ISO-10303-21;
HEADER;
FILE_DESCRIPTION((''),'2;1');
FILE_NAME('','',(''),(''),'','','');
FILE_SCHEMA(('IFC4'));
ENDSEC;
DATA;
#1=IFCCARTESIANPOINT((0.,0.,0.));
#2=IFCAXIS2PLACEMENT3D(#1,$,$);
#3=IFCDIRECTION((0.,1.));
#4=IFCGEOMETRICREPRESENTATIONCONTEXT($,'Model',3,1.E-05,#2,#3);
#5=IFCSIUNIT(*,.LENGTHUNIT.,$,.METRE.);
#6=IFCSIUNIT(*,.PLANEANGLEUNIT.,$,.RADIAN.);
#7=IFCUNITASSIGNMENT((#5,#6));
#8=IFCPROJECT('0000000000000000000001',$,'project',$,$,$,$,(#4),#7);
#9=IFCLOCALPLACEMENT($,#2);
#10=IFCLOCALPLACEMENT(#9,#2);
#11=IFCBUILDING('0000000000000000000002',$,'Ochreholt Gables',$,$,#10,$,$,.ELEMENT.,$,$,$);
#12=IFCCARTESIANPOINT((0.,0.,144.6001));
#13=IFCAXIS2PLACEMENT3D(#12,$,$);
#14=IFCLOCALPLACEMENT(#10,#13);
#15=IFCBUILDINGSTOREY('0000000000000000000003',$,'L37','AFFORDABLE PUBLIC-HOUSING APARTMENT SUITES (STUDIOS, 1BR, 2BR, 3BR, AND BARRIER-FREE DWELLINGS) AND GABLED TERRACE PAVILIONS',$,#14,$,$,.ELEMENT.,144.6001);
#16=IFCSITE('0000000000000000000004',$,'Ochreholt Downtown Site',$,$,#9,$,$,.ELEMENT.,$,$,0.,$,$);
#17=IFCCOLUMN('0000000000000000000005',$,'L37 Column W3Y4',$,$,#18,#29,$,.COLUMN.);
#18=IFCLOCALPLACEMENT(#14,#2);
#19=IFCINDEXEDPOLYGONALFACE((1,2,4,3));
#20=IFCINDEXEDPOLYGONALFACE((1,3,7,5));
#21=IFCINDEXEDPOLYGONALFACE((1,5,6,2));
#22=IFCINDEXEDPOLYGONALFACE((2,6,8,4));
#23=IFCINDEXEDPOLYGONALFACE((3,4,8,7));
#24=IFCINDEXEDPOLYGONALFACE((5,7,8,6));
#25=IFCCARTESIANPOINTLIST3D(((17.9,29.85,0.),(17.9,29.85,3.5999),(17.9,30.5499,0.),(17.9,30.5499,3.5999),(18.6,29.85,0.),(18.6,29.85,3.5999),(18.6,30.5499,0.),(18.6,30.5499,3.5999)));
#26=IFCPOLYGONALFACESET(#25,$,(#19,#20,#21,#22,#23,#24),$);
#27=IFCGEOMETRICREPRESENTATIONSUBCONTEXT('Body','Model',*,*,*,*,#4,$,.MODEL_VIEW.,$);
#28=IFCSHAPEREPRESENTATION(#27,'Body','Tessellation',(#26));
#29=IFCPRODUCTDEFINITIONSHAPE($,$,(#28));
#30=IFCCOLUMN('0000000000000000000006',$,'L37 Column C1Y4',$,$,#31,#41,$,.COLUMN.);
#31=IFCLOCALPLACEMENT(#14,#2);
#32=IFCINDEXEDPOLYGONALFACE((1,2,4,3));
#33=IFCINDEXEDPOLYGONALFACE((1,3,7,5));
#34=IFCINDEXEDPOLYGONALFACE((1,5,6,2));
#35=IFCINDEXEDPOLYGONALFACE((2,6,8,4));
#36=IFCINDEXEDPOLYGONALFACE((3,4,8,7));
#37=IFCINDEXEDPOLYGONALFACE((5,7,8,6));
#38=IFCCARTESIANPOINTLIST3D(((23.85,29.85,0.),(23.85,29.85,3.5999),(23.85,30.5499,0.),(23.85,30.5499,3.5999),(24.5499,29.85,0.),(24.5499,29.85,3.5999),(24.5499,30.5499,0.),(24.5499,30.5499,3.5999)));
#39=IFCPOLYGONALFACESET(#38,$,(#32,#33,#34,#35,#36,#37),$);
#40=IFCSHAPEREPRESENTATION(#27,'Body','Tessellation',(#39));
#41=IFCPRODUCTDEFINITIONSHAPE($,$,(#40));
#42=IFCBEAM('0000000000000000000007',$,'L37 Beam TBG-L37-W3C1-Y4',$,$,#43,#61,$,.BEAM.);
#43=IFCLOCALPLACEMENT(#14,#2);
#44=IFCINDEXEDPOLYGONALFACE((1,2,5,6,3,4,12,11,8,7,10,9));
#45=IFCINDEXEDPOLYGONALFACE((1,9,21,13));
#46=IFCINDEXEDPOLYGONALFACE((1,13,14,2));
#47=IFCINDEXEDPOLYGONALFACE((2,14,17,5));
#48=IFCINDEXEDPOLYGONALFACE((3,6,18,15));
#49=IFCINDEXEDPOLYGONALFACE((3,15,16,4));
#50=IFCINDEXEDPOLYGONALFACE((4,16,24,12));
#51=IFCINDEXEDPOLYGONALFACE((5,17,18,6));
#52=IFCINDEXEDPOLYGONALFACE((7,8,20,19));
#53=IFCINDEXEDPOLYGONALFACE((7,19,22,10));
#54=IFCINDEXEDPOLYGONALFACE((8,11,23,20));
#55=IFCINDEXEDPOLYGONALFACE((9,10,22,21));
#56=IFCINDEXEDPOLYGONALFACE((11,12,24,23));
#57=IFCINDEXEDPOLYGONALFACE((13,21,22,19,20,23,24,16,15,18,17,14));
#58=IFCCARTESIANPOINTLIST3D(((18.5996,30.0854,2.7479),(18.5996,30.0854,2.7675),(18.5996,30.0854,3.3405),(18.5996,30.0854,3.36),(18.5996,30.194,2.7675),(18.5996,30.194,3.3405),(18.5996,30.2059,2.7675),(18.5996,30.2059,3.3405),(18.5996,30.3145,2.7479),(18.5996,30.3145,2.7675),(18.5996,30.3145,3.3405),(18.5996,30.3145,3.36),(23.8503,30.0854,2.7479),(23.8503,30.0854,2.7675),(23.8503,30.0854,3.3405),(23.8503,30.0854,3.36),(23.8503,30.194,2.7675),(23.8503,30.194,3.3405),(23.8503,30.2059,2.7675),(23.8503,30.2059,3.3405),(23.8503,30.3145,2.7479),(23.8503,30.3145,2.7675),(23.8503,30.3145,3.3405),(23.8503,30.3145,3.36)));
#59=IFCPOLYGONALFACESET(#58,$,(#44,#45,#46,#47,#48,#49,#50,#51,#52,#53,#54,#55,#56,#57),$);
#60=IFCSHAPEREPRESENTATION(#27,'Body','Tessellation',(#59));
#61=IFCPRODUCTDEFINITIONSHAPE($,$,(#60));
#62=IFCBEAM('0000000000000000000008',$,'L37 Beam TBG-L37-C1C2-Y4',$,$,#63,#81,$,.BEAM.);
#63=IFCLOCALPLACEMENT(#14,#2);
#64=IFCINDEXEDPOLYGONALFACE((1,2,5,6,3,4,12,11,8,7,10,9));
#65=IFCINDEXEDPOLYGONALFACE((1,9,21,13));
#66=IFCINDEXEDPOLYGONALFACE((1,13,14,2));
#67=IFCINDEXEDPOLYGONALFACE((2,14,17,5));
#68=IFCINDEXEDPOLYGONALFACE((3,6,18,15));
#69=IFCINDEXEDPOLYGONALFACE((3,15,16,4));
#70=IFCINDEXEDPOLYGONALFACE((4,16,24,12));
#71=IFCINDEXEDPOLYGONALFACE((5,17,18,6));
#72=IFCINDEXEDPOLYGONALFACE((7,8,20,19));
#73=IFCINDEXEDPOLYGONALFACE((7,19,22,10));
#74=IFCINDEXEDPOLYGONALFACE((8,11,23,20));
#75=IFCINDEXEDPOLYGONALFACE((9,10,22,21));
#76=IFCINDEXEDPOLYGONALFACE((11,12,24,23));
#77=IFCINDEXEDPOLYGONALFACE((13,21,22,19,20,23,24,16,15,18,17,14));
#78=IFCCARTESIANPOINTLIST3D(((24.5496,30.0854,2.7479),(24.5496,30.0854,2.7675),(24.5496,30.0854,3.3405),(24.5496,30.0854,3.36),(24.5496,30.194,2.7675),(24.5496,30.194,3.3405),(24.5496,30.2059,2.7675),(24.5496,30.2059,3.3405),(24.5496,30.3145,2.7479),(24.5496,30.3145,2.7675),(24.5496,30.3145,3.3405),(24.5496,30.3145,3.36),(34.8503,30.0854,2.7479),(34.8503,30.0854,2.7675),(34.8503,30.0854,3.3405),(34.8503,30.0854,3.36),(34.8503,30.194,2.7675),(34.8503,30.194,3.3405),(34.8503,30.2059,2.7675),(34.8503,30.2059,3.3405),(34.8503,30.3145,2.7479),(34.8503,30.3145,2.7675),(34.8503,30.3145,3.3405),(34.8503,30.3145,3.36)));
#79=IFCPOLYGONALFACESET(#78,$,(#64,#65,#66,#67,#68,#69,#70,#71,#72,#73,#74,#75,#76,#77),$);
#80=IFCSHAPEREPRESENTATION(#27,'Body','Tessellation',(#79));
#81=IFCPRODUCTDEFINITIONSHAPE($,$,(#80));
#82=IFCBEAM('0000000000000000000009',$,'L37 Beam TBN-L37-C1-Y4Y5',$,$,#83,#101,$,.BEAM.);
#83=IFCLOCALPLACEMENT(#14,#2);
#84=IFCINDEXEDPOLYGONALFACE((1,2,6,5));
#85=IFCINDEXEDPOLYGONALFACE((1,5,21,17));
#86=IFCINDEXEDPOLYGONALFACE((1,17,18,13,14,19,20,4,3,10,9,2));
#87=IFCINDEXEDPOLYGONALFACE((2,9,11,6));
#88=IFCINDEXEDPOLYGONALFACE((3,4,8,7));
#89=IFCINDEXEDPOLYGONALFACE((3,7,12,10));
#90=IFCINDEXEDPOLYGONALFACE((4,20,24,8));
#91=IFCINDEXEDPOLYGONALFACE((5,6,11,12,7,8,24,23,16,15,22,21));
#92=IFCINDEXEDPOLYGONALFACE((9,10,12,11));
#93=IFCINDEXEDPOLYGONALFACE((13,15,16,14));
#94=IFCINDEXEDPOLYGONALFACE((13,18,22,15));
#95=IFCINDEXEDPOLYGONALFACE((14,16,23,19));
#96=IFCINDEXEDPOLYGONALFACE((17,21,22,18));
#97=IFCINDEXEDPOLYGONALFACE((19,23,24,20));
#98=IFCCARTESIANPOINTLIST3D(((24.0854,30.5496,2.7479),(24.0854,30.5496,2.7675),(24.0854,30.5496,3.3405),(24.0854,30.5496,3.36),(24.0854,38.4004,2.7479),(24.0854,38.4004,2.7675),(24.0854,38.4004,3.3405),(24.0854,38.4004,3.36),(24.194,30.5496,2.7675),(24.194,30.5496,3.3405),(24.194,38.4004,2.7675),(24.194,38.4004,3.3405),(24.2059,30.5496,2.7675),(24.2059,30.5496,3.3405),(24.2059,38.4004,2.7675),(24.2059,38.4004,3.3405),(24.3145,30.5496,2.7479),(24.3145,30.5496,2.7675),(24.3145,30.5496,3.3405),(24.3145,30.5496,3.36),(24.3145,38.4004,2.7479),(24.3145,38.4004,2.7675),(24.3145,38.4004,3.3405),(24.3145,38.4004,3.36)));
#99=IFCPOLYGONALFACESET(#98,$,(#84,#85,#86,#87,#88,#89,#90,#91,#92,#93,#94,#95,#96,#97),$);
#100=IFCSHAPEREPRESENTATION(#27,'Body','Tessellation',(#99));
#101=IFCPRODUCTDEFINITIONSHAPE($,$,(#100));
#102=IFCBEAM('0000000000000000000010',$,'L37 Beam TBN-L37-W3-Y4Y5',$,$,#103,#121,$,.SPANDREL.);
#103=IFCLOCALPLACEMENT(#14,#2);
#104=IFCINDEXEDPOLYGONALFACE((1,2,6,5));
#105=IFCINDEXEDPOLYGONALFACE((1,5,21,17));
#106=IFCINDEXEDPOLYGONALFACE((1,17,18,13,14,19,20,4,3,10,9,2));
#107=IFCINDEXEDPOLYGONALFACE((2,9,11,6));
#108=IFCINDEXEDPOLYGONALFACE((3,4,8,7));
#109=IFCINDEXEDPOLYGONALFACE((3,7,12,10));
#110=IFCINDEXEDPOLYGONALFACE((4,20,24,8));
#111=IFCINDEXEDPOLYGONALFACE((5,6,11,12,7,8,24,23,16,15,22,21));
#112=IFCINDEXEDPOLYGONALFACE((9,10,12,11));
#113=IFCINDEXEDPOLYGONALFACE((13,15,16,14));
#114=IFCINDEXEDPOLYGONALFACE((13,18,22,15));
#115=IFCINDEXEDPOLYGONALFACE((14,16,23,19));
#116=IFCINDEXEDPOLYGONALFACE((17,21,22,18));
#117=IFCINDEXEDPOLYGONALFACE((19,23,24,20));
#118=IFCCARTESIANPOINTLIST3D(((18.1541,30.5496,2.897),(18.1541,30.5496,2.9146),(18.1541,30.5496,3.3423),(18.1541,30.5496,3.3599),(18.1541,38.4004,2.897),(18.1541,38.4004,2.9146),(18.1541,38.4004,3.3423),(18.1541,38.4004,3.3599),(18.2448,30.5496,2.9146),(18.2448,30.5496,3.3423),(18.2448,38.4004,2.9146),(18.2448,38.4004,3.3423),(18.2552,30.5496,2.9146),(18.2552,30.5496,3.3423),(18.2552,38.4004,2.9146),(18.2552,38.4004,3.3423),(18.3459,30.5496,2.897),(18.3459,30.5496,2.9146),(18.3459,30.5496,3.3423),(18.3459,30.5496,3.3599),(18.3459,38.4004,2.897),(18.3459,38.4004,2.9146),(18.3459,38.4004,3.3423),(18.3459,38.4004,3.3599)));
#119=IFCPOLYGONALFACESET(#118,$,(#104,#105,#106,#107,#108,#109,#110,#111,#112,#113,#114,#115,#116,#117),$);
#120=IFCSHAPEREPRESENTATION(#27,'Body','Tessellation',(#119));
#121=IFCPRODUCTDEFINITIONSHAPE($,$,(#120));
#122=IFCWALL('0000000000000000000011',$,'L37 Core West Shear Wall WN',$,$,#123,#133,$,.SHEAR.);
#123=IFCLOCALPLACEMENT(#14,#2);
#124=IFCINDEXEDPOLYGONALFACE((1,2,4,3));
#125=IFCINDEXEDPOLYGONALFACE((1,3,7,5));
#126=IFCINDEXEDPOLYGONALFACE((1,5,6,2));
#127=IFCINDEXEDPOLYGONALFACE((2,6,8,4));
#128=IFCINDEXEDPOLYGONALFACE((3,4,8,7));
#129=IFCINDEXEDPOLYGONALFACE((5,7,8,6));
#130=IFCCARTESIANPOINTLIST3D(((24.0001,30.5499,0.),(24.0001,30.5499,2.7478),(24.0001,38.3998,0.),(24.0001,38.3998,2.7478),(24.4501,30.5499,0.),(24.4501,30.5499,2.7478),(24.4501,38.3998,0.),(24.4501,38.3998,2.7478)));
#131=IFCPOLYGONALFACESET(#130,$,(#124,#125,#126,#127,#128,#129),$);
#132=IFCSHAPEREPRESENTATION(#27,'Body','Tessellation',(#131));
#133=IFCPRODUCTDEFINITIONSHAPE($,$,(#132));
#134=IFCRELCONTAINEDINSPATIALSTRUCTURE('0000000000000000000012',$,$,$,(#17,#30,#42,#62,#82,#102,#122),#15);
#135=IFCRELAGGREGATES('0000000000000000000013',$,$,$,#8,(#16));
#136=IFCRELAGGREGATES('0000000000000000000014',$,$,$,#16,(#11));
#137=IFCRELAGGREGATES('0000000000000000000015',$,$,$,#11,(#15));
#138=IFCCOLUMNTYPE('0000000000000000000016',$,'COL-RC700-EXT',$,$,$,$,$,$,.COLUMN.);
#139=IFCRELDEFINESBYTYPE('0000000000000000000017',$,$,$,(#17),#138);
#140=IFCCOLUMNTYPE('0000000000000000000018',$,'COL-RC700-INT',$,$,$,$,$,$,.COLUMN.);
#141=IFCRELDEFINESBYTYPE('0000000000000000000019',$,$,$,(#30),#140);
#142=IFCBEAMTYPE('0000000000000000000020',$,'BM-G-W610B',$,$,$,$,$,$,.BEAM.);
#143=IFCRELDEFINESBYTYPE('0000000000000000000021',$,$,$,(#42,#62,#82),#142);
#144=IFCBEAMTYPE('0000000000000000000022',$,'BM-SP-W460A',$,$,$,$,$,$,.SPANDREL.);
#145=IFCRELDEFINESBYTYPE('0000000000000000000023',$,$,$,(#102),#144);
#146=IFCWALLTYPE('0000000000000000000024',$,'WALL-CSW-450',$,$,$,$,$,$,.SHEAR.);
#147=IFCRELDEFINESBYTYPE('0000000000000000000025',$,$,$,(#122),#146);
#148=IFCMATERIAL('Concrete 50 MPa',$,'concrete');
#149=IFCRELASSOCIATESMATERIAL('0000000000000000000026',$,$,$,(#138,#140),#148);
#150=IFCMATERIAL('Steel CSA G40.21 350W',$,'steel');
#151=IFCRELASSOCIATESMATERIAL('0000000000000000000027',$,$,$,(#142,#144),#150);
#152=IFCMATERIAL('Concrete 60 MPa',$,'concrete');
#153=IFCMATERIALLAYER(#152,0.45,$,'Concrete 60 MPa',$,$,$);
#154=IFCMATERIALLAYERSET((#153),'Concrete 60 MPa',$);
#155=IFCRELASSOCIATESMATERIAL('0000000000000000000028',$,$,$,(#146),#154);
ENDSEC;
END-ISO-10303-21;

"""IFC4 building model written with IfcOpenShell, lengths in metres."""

from ifc_helpers import new_model, si_unit, direction, frame, frame_2d, origin, origin_2d, place, context, subcontext, project, spatial, rectangle, i_section, extrude, material, layer, layer_set, material_profile, profile_set, type_object, element, save


model = new_model("IFC4")

# Units and contexts
model_context = context("Model", 3, precision=1e-05, world=origin(), true_north=direction((0.0, 1.0)))
body_context = subcontext(model_context, "Body", "Model", "MODEL_VIEW")
ifc_project = project(units=[si_unit("LENGTHUNIT", "METRE"), si_unit("PLANEANGLEUNIT", "RADIAN")], contexts=[model_context])

# Site, building, storey
site_placement = place(None, origin())
site = spatial("IfcSite", under=ifc_project, at=site_placement, Name="Ochreholt Downtown Site", CompositionType="ELEMENT", RefElevation=0.0)
building_placement = place(site_placement, origin())
building = spatial("IfcBuilding", under=site, at=building_placement, Name="Ochreholt Gables", CompositionType="ELEMENT")
storey_placement = place(building_placement, frame((0.0, 0.0, 144.6001)))
storey = spatial("IfcBuildingStorey", under=building, at=storey_placement, Name="L37", Description="AFFORDABLE PUBLIC-HOUSING APARTMENT SUITES (STUDIOS, 1BR, 2BR, 3BR, AND BARRIER-FREE DWELLINGS) AND GABLED TERRACE PAVILIONS", CompositionType="ELEMENT", Elevation=144.6001)

# Columns
ifc_material_1 = material(Name="Concrete 50 MPa", Category="concrete")
ifc_material_profile_1 = material_profile(ifc_material_1, rectangle(XDim=0.7, YDim=0.7, at=origin_2d()), Name="RC700X700")
ifc_profile_set_1 = profile_set([ifc_material_profile_1], Name="Concrete 50 MPa")
column_type_1 = type_object("IfcColumnType", Name="COL-RC700-EXT", PredefinedType="COLUMN", material=ifc_profile_set_1)
column_1_placement = place(storey_placement, frame((18.25, 30.2, 0.0), z_axis=(0.0, 0.0, 1.0), x_axis=(1.0, 0.0, 0.0)))
element("IfcColumn", 1, at=column_1_placement, inside=storey, type_object=column_type_1, Name="L37 Column W3Y4", PredefinedType="COLUMN", context=body_context, shape_type="SweptSolid", body=[
    extrude(rectangle(XDim=0.7, YDim=0.7, at=origin_2d()), origin(), (0.0, 0.0, 1.0), 3.5999),
])
ifc_material_profile_2 = material_profile(ifc_material_1, rectangle(XDim=0.7, YDim=0.7, at=origin_2d()), Name="RC700X700")
ifc_profile_set_2 = profile_set([ifc_material_profile_2], Name="Concrete 50 MPa")
column_type_2 = type_object("IfcColumnType", Name="COL-RC700-INT", PredefinedType="COLUMN", material=ifc_profile_set_2)
column_2_placement = place(storey_placement, frame((24.2, 30.2, 0.0), z_axis=(0.0, 0.0, 1.0), x_axis=(1.0, 0.0, 0.0)))
element("IfcColumn", 2, at=column_2_placement, inside=storey, type_object=column_type_2, Name="L37 Column C1Y4", PredefinedType="COLUMN", context=body_context, shape_type="SweptSolid", body=[
    extrude(rectangle(XDim=0.7, YDim=0.7, at=origin_2d()), origin(), (0.0, 0.0, 1.0), 3.5999),
])

# Beams
ifc_material_2 = material(Name="Steel CSA G40.21 350W", Category="steel")
ifc_material_profile_3 = material_profile(ifc_material_2, i_section(OverallWidth=0.229, OverallDepth=0.6121, WebThickness=0.012, FlangeThickness=0.0195, at=origin_2d()), Name="W610X125")
ifc_profile_set_3 = profile_set([ifc_material_profile_3], Name="Steel CSA G40.21 350W")
beam_type_1 = type_object("IfcBeamType", Name="BM-G-W610B", PredefinedType="BEAM", material=ifc_profile_set_3)
beam_1_placement = place(storey_placement, frame((18.5996, 30.2, 3.054), z_axis=(1.0, 0.0, 0.0), x_axis=(0.0, 1.0, 0.0)))
element("IfcBeam", 3, at=beam_1_placement, inside=storey, type_object=beam_type_1, Name="L37 Beam TBG-L37-W3C1-Y4", PredefinedType="BEAM", context=body_context, shape_type="SweptSolid", body=[
    extrude(i_section(OverallWidth=0.229, OverallDepth=0.6121, WebThickness=0.012, FlangeThickness=0.0195, at=origin_2d()), origin(), (0.0, 0.0, 1.0), 5.2507),
])
beam_2_placement = place(storey_placement, frame((24.5496, 30.2, 3.054), z_axis=(1.0, 0.0, 0.0), x_axis=(0.0, 1.0, 0.0)))
element("IfcBeam", 4, at=beam_2_placement, inside=storey, type_object=beam_type_1, Name="L37 Beam TBG-L37-C1C2-Y4", PredefinedType="BEAM", context=body_context, shape_type="SweptSolid", body=[
    extrude(i_section(OverallWidth=0.229, OverallDepth=0.6121, WebThickness=0.012, FlangeThickness=0.0195, at=origin_2d()), origin(), (0.0, 0.0, 1.0), 10.3008),
])
beam_3_placement = place(storey_placement, frame((24.2, 30.5496, 3.054), z_axis=(0.0, 1.0, 0.0), x_axis=(-1.0, 0.0, 0.0)))
element("IfcBeam", 5, at=beam_3_placement, inside=storey, type_object=beam_type_1, Name="L37 Beam TBN-L37-C1-Y4Y5", PredefinedType="BEAM", context=body_context, shape_type="SweptSolid", body=[
    extrude(i_section(OverallWidth=0.229, OverallDepth=0.6121, WebThickness=0.012, FlangeThickness=0.0195, at=origin_2d()), origin(), (0.0, 0.0, 1.0), 7.8508),
])
ifc_material_profile_4 = material_profile(ifc_material_2, i_section(OverallWidth=0.1919, OverallDepth=0.4629, WebThickness=0.0105, FlangeThickness=0.0176, at=origin_2d()), Name="W460X89")
ifc_profile_set_4 = profile_set([ifc_material_profile_4], Name="Steel CSA G40.21 350W")
beam_type_2 = type_object("IfcBeamType", Name="BM-SP-W460A", PredefinedType="SPANDREL", material=ifc_profile_set_4)
beam_4_placement = place(storey_placement, frame((18.25, 30.5496, 3.1284), z_axis=(0.0, 1.0, 0.0), x_axis=(-1.0, 0.0, 0.0)))
element("IfcBeam", 6, at=beam_4_placement, inside=storey, type_object=beam_type_2, Name="L37 Beam TBN-L37-W3-Y4Y5", PredefinedType="SPANDREL", context=body_context, shape_type="SweptSolid", body=[
    extrude(i_section(OverallWidth=0.1919, OverallDepth=0.4629, WebThickness=0.0105, FlangeThickness=0.0176, at=origin_2d()), origin(), (0.0, 0.0, 1.0), 7.8508),
])

# Wall
ifc_material_3 = material(Name="Concrete 60 MPa", Category="concrete")
ifc_layer_1 = layer(ifc_material_3, 0.45, Name="Concrete 60 MPa")
ifc_layer_set_1 = layer_set([ifc_layer_1], Name="Concrete 60 MPa")
wall_type_1 = type_object("IfcWallType", Name="WALL-CSW-450", PredefinedType="SHEAR", material=ifc_layer_set_1)
wall_1_placement = place(storey_placement, frame((24.2251, 30.55, 0.0), z_axis=(0.0, 0.0, 1.0), x_axis=(0.0, 1.0, 0.0)))
element("IfcWall", 7, at=wall_1_placement, inside=storey, type_object=wall_type_1, Name="L37 Core West Shear Wall WN", PredefinedType="SHEAR", context=body_context, shape_type="SweptSolid", body=[
    extrude(rectangle(XDim=7.8499, YDim=0.45, at=frame_2d((3.9248, 0.0))), origin(), (0.0, 0.0, 1.0), 2.7478),
])

save(model, "model.ifc")
